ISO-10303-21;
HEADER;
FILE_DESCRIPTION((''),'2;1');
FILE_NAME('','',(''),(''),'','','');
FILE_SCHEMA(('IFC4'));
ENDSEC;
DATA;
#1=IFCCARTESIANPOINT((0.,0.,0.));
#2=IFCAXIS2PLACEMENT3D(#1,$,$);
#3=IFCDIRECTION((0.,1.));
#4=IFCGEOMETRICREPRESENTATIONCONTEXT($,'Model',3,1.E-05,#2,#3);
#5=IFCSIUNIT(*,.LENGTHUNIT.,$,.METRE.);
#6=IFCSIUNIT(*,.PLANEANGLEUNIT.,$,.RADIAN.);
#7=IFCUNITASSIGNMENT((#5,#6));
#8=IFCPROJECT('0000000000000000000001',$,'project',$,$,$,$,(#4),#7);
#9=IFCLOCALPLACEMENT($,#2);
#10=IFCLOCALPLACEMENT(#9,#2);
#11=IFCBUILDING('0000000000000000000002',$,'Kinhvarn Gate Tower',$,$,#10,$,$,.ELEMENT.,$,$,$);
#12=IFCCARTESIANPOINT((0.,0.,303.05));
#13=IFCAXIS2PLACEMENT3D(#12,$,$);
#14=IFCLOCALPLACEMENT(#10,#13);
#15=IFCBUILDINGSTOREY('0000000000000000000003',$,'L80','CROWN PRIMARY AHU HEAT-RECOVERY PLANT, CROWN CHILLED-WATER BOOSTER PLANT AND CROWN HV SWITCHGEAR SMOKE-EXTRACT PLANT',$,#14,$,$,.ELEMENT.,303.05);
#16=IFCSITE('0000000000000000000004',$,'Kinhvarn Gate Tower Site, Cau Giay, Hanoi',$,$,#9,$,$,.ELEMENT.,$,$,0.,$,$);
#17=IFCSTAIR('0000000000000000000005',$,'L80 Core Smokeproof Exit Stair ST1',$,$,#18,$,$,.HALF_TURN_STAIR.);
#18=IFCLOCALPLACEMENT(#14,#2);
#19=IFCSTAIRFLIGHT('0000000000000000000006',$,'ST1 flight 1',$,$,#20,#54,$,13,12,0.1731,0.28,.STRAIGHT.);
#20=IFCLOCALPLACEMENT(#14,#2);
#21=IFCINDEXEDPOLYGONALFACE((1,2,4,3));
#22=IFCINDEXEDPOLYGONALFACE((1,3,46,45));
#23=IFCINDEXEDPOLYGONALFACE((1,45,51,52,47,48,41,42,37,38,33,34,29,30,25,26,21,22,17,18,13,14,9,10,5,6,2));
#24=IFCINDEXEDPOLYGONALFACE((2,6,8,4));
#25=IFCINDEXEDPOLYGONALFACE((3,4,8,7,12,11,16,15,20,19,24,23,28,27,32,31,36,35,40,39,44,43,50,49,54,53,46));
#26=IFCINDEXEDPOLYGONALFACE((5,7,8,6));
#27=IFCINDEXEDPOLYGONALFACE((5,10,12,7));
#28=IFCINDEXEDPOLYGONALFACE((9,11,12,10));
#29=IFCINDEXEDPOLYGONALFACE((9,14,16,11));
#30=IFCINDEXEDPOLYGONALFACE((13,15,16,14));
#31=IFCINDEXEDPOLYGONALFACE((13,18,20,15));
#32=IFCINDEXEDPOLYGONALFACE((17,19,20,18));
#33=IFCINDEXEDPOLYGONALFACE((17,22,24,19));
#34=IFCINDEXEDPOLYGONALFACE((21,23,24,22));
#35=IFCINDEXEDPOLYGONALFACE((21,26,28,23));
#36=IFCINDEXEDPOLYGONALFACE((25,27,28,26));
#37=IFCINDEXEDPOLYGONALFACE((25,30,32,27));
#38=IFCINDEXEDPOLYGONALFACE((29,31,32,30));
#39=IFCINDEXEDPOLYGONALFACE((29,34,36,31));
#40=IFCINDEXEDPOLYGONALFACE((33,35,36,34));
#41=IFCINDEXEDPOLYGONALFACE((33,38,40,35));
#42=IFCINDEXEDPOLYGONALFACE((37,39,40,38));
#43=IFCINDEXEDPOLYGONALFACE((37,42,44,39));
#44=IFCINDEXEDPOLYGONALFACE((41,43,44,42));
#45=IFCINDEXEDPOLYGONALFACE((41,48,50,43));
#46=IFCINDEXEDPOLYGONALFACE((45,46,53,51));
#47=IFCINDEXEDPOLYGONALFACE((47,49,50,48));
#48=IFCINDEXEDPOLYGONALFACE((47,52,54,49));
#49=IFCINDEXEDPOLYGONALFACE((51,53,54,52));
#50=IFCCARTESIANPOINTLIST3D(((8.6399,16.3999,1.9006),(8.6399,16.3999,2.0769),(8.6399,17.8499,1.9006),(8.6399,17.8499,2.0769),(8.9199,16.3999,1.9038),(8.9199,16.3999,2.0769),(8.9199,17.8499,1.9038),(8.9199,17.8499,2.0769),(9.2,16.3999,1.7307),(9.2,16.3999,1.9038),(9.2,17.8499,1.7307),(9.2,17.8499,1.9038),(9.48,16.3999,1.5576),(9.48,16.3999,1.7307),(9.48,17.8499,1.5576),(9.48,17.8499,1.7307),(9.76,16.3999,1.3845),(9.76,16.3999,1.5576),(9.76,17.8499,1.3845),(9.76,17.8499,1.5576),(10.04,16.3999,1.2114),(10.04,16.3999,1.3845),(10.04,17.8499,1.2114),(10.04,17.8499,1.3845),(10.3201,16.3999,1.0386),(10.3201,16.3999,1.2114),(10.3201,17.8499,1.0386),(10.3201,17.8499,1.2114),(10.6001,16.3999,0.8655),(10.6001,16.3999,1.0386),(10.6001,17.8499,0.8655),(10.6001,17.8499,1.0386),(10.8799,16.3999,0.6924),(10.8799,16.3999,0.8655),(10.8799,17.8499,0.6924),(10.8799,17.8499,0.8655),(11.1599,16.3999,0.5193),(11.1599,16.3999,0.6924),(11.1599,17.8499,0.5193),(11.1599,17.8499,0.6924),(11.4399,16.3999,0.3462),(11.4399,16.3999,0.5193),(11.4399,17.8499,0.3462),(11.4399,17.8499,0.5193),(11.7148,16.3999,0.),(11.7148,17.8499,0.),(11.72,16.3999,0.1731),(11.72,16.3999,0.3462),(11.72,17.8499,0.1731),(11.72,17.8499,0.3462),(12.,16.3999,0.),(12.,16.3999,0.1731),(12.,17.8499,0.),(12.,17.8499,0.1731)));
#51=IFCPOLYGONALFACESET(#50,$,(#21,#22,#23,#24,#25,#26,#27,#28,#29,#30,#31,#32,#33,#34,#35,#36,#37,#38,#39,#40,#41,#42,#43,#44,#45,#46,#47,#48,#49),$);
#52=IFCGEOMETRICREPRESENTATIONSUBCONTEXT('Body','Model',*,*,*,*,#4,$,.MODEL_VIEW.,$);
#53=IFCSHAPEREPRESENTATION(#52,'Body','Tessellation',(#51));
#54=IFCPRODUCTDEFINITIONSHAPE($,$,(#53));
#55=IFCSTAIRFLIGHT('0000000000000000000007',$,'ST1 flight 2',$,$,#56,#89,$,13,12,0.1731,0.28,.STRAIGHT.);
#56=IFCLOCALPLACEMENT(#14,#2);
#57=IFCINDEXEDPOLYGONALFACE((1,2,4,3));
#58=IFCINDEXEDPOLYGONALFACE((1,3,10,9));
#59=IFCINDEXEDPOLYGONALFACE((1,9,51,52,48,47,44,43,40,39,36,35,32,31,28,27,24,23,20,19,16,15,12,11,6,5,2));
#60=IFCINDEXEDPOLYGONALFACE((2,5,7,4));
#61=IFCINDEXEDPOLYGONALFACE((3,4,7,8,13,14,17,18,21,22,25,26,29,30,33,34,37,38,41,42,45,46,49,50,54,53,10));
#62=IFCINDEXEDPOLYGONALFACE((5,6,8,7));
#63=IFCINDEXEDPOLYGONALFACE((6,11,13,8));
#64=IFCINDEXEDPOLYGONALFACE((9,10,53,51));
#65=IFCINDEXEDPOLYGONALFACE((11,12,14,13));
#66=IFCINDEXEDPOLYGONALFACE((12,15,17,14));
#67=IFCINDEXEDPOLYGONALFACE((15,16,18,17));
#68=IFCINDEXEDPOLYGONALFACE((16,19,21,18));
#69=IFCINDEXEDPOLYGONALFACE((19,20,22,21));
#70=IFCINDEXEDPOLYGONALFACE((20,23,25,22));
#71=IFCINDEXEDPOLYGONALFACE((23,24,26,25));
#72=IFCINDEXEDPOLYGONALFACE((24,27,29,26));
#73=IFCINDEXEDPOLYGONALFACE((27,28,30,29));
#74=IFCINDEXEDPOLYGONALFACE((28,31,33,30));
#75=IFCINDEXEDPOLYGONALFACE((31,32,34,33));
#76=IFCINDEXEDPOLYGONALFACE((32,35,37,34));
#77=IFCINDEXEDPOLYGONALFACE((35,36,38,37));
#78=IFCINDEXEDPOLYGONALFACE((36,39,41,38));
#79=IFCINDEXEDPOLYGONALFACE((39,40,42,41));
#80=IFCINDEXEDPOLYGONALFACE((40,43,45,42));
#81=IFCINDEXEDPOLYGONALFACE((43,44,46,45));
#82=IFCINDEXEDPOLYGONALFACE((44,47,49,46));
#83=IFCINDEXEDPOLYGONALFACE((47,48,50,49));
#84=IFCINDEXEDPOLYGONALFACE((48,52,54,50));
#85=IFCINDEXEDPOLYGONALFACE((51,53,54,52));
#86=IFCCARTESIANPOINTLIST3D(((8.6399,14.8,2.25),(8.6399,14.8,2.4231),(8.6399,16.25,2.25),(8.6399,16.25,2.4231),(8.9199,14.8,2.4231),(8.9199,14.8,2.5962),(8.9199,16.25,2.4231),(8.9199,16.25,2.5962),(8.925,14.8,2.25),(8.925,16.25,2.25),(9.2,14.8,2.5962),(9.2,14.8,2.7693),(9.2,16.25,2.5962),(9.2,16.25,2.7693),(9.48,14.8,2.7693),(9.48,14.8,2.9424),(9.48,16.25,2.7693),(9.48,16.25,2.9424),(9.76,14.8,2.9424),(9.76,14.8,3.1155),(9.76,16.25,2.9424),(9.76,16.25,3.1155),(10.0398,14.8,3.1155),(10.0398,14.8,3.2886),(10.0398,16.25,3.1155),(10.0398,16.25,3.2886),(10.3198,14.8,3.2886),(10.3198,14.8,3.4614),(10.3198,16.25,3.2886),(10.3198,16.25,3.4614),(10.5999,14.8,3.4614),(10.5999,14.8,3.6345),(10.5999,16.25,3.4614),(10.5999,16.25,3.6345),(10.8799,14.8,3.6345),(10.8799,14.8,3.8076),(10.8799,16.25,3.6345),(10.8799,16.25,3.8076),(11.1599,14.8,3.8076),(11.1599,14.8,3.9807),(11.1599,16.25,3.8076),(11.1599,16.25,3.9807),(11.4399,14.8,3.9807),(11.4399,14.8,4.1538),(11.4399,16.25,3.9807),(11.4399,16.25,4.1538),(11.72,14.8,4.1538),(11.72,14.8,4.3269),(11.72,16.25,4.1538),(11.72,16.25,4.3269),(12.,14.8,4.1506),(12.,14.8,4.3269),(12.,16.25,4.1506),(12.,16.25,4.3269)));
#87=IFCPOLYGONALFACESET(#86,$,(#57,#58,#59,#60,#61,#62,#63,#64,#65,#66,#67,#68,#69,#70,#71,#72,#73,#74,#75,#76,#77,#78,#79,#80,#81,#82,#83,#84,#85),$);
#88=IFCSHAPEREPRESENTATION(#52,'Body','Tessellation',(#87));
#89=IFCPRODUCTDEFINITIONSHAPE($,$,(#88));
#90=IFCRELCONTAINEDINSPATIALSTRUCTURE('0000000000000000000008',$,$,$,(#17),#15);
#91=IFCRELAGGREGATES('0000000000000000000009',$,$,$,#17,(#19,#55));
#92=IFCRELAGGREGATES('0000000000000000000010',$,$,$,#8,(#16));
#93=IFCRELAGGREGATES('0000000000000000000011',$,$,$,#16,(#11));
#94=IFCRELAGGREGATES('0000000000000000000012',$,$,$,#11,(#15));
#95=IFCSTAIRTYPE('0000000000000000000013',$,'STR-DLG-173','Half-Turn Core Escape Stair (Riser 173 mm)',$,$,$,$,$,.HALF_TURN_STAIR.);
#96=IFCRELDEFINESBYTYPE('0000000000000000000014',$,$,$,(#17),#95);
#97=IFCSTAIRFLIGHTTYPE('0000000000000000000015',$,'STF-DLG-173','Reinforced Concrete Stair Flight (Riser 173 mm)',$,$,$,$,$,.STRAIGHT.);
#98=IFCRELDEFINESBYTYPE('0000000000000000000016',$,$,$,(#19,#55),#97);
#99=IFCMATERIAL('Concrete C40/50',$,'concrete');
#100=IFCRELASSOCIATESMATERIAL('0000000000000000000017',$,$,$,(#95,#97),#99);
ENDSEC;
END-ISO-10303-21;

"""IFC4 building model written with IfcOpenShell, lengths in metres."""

from ifc_helpers import new_model, si_unit, direction, frame, origin, place, context, subcontext, project, spatial, polyline, outline, extrude, material, type_object, element, aggregate, save


model = new_model("IFC4")

# Units and contexts
model_context = context("Model", 3, precision=1e-05, world=origin(), true_north=direction((0.0, 1.0)))
body_context = subcontext(model_context, "Body", "Model", "MODEL_VIEW")
ifc_project = project(units=[si_unit("LENGTHUNIT", "METRE"), si_unit("PLANEANGLEUNIT", "RADIAN")], contexts=[model_context])

# Site, building, storey
site_placement = place(None, origin())
site = spatial("IfcSite", under=ifc_project, at=site_placement, Name="Kinhvarn Gate Tower Site, Cau Giay, Hanoi", CompositionType="ELEMENT", RefElevation=0.0)
building_placement = place(site_placement, origin())
building = spatial("IfcBuilding", under=site, at=building_placement, Name="Kinhvarn Gate Tower", CompositionType="ELEMENT")
storey_placement = place(building_placement, frame((0.0, 0.0, 303.05)))
storey = spatial("IfcBuildingStorey", under=building, at=storey_placement, Name="L80", Description="CROWN PRIMARY AHU HEAT-RECOVERY PLANT, CROWN CHILLED-WATER BOOSTER PLANT AND CROWN HV SWITCHGEAR SMOKE-EXTRACT PLANT", CompositionType="ELEMENT", Elevation=303.05)

# Shared definitions
ifc_material_1 = material(Name="Concrete C40/50", Category="concrete")

# Stair, stair flights
stair_type = type_object("IfcStairType", Name="STR-DLG-173", Description="Half-Turn Core Escape Stair (Riser 173 mm)", PredefinedType="HALF_TURN_STAIR", material=ifc_material_1)
stair_placement = place(storey_placement, origin())
stair = element("IfcStair", 1, at=stair_placement, inside=storey, type_object=stair_type, Name="L80 Core Smokeproof Exit Stair ST1", PredefinedType="HALF_TURN_STAIR")
stair_flight_type = type_object("IfcStairFlightType", Name="STF-DLG-173", Description="Reinforced Concrete Stair Flight (Riser 173 mm)", PredefinedType="STRAIGHT", material=ifc_material_1)
stair_flight_1_placement = place(storey_placement, frame((12.0, 17.125, 0.0), z_axis=(0.0, 0.0, 1.0), x_axis=(-1.0, 0.0, 0.0)))
stair_flight_1 = element("IfcStairFlight", 2, at=stair_flight_1_placement, type_object=stair_flight_type, Name="ST1 flight 1", NumberOfRisers=13, NumberOfTreads=12, PredefinedType="STRAIGHT", RiserHeight=0.1731, TreadLength=0.28, context=body_context, shape_type="SweptSolid", body=[
    extrude(outline(polyline([(0.0, 0.0), (0.0, 0.1731), (0.28, 0.1731), (0.28, 0.3462), (0.5601, 0.3462), (0.5601, 0.5193), (0.8401, 0.5193), (0.8401, 0.6924), (1.1201, 0.6924), (1.1201, 0.8655), (1.3999, 0.8655), (1.3999, 1.0386), (1.6799, 1.0386), (1.6799, 1.2114), (1.96, 1.2114), (1.96, 1.3845), (2.24, 1.3845), (2.24, 1.5576), (2.52, 1.5576), (2.52, 1.7307), (2.8, 1.7307), (2.8, 1.9038), (3.0801, 1.9038), (3.0801, 2.0769), (3.3601, 2.0769), (3.3601, 2.25), (3.3601, 1.9006), (0.2852, 0.0), (0.0, 0.0)])), frame((0.0, 0.7251, 0.0), z_axis=(0.0, -1.0, 0.0), x_axis=(1.0, 0.0, 0.0)), (0.0, 0.0, 1.0), 1.45),
])
stair_flight_2_placement = place(storey_placement, frame((8.6399, 15.5249, 2.25), z_axis=(0.0, 0.0, 1.0), x_axis=(1.0, 0.0, 0.0)))
stair_flight_2 = element("IfcStairFlight", 3, at=stair_flight_2_placement, type_object=stair_flight_type, Name="ST1 flight 2", NumberOfRisers=13, NumberOfTreads=12, PredefinedType="STRAIGHT", RiserHeight=0.1731, TreadLength=0.28, context=body_context, shape_type="SweptSolid", body=[
    extrude(outline(polyline([(0.0, 0.0), (0.0, 0.1731), (0.28, 0.1731), (0.28, 0.3462), (0.5601, 0.3462), (0.5601, 0.5193), (0.8401, 0.5193), (0.8401, 0.6924), (1.1201, 0.6924), (1.1201, 0.8655), (1.3999, 0.8655), (1.3999, 1.0386), (1.6799, 1.0386), (1.6799, 1.2114), (1.96, 1.2114), (1.96, 1.3845), (2.24, 1.3845), (2.24, 1.5576), (2.52, 1.5576), (2.52, 1.7307), (2.8, 1.7307), (2.8, 1.9038), (3.0801, 1.9038), (3.0801, 2.0769), (3.3601, 2.0769), (3.3601, 2.25), (3.3601, 1.9006), (0.2852, 0.0), (0.0, 0.0)])), frame((0.0, 0.7251, 0.0), z_axis=(0.0, -1.0, 0.0), x_axis=(1.0, 0.0, 0.0)), (0.0, 0.0, 1.0), 1.45),
])
aggregate(stair, [stair_flight_1, stair_flight_2])

save(model, "model.ifc")
